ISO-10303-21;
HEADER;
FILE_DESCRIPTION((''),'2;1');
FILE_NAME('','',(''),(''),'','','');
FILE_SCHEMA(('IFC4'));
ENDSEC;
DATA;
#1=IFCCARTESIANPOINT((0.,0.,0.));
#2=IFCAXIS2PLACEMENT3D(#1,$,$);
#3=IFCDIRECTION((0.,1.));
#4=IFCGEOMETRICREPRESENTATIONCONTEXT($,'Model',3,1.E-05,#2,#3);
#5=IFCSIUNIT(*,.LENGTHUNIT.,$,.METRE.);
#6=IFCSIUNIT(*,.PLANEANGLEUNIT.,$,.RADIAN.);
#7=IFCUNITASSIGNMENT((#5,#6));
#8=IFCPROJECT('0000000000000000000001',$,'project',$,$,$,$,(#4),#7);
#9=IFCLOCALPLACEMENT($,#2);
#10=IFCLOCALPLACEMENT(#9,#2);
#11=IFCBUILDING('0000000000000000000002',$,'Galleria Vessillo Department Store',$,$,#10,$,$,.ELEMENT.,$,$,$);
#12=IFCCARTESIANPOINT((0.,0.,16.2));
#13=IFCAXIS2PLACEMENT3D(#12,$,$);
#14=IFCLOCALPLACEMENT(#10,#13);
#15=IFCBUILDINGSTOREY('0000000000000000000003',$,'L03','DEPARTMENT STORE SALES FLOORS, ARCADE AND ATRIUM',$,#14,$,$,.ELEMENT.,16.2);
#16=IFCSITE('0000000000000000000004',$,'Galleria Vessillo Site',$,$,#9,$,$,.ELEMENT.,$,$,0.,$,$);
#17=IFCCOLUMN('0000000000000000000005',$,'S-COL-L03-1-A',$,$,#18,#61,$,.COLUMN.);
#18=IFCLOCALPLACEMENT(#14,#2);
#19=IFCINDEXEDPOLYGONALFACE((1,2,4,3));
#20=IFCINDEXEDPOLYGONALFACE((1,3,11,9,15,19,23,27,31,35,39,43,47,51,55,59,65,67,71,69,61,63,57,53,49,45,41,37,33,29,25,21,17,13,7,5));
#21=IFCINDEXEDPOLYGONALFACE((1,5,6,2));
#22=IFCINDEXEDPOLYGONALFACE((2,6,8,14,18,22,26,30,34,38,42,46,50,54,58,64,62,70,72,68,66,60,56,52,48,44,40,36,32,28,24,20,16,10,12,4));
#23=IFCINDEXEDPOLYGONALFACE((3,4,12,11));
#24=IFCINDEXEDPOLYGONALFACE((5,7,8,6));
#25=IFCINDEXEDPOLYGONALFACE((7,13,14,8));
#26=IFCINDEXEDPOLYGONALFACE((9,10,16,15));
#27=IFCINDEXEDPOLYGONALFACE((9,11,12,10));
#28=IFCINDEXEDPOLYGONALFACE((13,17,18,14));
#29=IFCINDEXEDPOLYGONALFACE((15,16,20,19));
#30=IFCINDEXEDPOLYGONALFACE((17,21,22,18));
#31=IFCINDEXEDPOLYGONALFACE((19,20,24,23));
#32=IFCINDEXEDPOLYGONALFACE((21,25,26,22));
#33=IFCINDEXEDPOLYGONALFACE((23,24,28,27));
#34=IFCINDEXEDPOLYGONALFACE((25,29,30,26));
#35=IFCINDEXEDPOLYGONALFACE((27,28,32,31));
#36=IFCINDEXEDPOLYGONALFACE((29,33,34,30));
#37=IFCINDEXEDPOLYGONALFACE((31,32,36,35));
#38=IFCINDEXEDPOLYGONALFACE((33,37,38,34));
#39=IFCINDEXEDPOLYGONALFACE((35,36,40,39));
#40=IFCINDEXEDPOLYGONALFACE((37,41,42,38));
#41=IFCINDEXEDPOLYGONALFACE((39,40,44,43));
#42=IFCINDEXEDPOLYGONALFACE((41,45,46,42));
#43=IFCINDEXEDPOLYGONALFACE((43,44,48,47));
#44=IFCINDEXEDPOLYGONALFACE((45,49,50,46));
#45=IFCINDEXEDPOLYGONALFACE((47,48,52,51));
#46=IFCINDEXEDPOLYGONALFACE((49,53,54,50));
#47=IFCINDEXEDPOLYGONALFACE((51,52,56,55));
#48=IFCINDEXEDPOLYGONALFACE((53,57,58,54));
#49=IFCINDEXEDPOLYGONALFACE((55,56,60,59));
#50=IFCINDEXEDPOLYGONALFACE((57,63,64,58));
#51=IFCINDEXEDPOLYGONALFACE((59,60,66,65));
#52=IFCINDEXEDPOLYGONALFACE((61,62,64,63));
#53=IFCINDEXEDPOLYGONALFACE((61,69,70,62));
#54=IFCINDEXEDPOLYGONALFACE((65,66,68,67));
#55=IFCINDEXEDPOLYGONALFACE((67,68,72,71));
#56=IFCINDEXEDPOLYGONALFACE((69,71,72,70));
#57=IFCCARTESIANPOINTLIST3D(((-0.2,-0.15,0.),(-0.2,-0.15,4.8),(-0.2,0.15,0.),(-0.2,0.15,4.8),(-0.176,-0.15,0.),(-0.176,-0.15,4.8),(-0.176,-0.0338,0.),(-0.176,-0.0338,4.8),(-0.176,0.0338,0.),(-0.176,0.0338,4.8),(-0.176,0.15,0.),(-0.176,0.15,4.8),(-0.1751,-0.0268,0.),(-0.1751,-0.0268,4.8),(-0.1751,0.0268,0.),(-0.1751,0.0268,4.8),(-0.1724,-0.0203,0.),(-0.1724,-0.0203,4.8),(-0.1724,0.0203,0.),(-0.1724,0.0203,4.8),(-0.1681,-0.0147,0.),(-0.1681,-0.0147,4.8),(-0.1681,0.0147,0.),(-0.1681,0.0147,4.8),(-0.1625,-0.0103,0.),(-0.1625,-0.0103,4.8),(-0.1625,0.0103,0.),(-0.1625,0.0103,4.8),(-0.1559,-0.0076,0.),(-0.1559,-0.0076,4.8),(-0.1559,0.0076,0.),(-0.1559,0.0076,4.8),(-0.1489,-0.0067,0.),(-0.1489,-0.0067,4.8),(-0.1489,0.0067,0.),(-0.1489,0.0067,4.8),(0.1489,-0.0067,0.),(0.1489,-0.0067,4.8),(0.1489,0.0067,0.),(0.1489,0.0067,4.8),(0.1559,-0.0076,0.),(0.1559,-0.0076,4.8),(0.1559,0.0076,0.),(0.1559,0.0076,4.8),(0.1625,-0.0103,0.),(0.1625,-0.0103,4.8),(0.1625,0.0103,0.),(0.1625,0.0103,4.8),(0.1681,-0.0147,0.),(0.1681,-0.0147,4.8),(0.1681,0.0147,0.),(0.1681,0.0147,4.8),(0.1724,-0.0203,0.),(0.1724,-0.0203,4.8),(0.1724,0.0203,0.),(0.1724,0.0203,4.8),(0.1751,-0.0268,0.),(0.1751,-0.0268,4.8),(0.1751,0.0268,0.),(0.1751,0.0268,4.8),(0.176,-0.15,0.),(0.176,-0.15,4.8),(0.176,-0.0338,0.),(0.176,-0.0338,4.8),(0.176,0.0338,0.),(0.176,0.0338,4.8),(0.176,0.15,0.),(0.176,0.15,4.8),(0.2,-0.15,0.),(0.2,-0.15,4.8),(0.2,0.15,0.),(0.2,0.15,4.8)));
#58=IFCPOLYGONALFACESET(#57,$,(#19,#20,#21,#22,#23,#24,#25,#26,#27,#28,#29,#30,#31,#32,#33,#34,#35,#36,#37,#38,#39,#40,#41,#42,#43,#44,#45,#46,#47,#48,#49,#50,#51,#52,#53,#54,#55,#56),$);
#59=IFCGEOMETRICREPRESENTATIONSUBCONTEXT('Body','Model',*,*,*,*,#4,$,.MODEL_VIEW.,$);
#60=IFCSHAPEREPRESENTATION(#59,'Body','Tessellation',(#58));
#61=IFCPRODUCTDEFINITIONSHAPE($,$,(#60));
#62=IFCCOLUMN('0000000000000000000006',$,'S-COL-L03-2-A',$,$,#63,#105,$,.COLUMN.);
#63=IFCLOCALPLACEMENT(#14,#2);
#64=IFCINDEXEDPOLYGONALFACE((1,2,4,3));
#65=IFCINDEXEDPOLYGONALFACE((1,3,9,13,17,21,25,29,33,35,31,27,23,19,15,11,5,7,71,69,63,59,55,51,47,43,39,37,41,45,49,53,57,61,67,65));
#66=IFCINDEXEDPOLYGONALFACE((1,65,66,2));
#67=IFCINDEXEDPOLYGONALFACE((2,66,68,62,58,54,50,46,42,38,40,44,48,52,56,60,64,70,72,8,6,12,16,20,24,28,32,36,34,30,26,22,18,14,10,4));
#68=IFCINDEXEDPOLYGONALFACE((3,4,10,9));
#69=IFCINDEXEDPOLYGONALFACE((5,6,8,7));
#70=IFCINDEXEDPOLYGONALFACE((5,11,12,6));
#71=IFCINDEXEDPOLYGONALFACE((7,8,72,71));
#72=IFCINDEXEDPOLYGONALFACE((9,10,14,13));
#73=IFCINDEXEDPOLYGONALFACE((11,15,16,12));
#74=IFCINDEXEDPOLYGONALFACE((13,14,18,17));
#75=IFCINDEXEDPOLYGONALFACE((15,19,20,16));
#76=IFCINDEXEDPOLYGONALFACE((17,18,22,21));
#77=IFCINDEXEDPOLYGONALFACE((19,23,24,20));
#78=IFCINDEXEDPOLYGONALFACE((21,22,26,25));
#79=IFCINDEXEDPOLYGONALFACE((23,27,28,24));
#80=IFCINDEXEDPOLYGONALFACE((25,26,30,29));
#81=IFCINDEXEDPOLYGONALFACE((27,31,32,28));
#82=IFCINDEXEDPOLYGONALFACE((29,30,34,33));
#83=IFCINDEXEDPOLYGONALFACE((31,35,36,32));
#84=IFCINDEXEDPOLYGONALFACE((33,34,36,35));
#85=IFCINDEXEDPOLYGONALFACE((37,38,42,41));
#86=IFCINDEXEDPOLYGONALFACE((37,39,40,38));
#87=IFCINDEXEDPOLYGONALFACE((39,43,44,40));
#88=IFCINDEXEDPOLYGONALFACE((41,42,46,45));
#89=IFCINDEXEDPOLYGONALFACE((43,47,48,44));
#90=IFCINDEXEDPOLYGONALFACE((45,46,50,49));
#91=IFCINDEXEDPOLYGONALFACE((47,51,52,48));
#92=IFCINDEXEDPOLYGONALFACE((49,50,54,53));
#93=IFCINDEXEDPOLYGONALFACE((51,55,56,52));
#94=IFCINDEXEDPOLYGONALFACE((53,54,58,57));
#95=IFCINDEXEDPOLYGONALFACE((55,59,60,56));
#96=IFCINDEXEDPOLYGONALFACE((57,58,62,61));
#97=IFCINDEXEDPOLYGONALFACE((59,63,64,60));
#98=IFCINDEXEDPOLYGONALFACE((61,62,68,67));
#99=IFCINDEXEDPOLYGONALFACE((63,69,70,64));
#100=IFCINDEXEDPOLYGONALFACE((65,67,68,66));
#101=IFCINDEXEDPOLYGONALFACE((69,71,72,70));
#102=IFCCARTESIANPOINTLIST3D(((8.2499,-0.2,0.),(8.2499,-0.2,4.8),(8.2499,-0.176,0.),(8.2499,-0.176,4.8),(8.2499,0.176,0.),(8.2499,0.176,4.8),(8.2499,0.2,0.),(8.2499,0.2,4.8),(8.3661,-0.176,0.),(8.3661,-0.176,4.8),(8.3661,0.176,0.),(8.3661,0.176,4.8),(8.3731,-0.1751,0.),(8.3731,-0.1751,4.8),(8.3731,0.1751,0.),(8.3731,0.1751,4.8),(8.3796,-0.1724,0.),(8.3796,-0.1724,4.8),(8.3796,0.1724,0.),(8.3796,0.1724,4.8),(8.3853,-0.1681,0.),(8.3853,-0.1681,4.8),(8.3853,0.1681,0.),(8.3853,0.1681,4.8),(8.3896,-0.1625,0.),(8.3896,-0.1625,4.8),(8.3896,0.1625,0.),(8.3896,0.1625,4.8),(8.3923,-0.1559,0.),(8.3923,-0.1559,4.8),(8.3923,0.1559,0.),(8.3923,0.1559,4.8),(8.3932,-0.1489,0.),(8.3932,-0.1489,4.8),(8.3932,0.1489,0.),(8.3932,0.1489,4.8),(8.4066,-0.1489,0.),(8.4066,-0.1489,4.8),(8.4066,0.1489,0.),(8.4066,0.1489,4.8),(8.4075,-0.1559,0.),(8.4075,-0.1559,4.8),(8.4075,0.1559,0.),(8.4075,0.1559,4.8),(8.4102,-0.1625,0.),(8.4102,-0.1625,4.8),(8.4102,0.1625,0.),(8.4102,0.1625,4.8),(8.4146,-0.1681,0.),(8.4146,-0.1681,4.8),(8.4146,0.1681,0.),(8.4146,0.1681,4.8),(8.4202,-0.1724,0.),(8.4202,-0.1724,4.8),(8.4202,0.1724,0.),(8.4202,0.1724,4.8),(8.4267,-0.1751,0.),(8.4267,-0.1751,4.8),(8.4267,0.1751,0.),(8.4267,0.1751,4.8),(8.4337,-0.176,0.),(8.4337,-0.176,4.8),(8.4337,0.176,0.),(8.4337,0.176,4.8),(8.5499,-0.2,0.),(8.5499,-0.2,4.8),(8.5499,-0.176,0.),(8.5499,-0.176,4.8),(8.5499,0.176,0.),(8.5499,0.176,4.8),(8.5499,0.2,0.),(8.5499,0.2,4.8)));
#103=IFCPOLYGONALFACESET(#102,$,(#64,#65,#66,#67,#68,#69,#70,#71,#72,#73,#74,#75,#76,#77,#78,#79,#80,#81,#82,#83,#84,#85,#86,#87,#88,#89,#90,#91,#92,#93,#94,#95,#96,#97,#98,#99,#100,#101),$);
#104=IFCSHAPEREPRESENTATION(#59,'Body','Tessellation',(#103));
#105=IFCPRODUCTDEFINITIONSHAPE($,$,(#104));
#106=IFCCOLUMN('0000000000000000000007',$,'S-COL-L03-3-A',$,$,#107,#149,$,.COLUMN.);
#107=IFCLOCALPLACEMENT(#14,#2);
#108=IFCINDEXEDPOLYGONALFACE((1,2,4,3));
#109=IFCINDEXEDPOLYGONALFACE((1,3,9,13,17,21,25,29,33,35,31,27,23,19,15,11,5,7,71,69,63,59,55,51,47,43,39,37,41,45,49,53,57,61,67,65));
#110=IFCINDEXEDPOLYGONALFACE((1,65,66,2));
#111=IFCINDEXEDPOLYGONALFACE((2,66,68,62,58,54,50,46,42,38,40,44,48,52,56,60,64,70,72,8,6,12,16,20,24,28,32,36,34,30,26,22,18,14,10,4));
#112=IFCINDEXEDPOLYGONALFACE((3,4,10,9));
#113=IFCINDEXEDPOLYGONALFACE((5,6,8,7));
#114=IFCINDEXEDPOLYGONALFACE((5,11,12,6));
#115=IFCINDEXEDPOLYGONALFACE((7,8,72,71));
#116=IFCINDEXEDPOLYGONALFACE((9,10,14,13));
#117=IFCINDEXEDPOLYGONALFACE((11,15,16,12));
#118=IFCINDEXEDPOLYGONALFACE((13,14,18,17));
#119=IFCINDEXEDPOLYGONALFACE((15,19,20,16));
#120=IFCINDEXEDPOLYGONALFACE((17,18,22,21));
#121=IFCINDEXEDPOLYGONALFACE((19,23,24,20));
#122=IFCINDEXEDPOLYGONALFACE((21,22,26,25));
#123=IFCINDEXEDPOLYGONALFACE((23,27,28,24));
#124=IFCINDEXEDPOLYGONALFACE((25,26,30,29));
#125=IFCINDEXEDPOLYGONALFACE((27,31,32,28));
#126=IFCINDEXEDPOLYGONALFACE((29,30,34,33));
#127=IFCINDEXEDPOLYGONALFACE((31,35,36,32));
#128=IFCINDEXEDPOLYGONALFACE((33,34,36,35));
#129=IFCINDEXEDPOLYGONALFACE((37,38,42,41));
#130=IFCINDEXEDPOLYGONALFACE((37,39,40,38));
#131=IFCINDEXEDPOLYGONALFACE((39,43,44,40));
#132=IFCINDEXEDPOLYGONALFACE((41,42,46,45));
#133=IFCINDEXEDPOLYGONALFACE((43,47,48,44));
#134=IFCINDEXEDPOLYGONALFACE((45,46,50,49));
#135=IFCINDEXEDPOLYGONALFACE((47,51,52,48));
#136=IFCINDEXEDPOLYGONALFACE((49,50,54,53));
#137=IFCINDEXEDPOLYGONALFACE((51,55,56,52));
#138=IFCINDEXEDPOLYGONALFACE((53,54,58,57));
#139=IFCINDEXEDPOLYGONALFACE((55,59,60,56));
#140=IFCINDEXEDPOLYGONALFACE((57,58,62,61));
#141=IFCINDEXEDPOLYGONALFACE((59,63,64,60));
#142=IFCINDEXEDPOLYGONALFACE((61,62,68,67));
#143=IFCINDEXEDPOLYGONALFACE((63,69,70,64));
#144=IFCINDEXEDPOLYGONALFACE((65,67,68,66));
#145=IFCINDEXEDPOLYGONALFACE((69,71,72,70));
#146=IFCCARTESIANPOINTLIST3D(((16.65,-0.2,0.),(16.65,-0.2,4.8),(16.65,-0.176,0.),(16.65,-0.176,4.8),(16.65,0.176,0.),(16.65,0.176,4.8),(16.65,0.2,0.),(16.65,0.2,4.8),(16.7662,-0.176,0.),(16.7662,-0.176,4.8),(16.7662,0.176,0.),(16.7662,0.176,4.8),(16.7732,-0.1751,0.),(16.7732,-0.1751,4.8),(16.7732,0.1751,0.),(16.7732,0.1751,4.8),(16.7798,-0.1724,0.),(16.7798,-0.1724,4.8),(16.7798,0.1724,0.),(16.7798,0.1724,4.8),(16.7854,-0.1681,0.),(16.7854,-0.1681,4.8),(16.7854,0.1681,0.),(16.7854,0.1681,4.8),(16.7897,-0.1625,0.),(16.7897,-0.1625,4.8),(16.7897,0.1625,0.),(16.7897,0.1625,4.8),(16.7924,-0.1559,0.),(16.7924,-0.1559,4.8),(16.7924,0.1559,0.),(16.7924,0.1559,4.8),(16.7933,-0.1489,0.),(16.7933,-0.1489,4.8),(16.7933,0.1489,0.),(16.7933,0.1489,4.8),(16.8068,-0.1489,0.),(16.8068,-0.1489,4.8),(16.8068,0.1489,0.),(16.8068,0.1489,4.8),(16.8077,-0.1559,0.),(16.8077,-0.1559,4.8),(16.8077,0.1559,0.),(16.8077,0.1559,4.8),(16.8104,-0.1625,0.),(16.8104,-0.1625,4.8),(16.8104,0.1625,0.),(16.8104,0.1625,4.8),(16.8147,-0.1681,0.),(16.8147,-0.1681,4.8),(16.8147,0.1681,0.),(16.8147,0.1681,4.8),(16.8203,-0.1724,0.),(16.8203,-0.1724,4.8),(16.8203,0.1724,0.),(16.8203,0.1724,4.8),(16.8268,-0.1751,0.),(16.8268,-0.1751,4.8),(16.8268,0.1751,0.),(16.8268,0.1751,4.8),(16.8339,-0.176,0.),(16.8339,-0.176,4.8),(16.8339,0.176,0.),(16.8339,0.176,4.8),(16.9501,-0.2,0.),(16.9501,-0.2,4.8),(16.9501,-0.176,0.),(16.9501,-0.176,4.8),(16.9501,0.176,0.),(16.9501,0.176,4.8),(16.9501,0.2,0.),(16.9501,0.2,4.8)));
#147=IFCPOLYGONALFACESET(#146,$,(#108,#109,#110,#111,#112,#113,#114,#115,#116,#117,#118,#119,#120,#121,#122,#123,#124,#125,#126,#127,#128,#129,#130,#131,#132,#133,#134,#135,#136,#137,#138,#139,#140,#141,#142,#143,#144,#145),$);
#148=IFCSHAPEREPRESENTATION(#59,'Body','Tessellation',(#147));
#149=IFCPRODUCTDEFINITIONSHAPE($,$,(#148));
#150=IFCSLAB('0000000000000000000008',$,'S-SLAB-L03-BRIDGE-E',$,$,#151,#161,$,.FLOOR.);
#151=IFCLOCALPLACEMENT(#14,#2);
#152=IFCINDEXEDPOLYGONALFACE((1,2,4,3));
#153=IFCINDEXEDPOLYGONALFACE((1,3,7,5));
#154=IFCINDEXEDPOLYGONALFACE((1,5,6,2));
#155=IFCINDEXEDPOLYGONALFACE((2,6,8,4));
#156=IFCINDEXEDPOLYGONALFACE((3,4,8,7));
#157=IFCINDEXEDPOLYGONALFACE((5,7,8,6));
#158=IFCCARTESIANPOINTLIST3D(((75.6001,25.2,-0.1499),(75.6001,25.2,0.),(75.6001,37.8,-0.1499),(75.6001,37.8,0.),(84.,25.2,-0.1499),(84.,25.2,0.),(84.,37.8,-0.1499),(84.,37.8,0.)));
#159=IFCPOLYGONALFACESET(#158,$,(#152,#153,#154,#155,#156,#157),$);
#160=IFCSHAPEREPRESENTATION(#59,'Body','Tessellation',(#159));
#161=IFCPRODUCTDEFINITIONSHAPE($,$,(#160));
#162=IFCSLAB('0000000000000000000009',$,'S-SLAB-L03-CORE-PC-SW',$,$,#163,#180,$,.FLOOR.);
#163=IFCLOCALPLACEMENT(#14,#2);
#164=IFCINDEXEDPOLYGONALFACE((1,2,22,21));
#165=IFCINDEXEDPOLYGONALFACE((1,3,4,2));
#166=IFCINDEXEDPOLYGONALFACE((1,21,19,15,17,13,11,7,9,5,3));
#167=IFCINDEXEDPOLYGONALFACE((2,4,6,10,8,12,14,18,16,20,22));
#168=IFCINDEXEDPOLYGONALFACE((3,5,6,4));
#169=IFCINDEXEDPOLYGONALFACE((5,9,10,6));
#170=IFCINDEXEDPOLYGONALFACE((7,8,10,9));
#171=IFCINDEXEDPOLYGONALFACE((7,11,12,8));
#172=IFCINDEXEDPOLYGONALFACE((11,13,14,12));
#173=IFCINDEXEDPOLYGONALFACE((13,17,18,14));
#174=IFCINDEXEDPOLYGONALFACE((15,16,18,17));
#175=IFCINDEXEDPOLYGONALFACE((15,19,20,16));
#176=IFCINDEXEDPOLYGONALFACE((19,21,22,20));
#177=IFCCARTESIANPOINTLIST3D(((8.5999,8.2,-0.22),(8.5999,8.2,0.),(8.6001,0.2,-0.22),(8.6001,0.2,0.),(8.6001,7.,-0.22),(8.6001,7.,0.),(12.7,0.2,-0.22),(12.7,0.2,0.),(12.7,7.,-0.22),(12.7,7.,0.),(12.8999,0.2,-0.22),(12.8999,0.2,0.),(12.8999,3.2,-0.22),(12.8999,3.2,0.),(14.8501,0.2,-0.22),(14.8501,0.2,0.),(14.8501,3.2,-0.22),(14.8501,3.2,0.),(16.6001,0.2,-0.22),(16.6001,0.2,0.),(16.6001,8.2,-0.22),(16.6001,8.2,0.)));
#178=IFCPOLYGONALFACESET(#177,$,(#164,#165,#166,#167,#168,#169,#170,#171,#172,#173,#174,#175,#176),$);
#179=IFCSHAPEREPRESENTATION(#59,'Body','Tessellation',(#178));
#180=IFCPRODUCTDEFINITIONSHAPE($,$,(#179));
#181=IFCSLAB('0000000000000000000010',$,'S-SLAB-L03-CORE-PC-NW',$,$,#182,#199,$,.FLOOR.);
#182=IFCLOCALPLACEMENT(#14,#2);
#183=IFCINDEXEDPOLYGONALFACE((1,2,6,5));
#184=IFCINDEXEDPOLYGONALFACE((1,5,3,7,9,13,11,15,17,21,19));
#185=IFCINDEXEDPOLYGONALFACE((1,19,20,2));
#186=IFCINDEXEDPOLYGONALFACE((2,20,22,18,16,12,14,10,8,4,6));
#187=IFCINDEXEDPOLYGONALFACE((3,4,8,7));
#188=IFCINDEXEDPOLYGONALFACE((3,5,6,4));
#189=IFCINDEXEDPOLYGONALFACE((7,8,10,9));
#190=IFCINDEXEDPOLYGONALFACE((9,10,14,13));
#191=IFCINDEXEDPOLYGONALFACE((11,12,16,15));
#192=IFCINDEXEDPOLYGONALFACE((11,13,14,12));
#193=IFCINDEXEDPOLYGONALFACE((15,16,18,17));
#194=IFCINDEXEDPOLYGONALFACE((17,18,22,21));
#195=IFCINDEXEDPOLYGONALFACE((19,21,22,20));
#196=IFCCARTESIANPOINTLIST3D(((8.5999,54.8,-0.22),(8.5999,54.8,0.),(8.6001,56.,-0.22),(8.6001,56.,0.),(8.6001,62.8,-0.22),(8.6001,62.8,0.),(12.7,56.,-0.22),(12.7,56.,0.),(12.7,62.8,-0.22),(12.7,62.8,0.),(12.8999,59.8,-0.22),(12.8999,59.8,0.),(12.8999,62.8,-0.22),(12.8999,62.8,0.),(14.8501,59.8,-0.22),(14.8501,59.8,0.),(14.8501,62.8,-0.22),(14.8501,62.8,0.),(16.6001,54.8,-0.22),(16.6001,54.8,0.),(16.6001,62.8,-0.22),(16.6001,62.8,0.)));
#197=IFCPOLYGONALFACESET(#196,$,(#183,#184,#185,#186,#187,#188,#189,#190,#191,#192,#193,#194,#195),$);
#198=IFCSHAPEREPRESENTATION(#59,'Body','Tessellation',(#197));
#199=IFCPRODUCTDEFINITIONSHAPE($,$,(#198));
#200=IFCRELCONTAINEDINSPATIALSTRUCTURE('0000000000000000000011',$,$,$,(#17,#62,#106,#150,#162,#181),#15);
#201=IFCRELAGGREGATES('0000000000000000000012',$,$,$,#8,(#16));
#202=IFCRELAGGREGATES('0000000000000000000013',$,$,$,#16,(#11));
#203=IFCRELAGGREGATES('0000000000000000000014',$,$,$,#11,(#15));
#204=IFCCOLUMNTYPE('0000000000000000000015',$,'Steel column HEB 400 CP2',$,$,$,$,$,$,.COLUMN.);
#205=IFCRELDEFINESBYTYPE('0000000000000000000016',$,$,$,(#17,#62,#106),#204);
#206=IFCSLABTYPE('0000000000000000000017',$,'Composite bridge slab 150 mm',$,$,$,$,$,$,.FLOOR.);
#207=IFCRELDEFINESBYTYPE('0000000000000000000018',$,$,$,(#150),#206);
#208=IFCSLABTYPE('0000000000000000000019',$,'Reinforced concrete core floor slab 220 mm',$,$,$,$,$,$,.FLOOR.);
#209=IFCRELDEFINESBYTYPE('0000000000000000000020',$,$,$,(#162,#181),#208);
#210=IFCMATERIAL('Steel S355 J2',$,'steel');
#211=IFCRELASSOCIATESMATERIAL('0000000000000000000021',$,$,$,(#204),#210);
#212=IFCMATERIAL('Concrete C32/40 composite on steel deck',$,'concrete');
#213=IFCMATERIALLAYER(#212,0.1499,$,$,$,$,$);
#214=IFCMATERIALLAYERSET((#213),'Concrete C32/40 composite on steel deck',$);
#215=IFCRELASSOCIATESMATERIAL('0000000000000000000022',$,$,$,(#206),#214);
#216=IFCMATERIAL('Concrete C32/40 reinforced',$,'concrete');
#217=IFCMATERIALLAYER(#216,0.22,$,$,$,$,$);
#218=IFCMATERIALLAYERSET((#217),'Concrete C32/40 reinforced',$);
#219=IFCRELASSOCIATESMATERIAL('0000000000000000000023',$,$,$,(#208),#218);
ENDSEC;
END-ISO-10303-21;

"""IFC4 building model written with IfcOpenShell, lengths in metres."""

from ifc_helpers import new_model, si_unit, direction, frame, origin, origin_2d, place, context, subcontext, project, spatial, polyline, i_section, outline, extrude, material, layer, layer_set, material_profile, profile_set, type_object, element, save


model = new_model("IFC4")

# Units and contexts
model_context = context("Model", 3, precision=1e-05, world=origin(), true_north=direction((0.0, 1.0)))
body_context = subcontext(model_context, "Body", "Model", "MODEL_VIEW")
ifc_project = project(units=[si_unit("LENGTHUNIT", "METRE"), si_unit("PLANEANGLEUNIT", "RADIAN")], contexts=[model_context])

# Site, building, storey
site_placement = place(None, origin())
site = spatial("IfcSite", under=ifc_project, at=site_placement, Name="Galleria Vessillo Site", CompositionType="ELEMENT", RefElevation=0.0)
building_placement = place(site_placement, origin())
building = spatial("IfcBuilding", under=site, at=building_placement, Name="Galleria Vessillo Department Store", CompositionType="ELEMENT")
storey_placement = place(building_placement, frame((0.0, 0.0, 16.2)))
storey = spatial("IfcBuildingStorey", under=building, at=storey_placement, Name="L03", Description="DEPARTMENT STORE SALES FLOORS, ARCADE AND ATRIUM", CompositionType="ELEMENT", Elevation=16.2)

# Columns
ifc_material_1 = material(Name="Steel S355 J2", Category="steel")
ifc_material_profile = material_profile(ifc_material_1, i_section(OverallWidth=0.3, OverallDepth=0.3999, WebThickness=0.0134, FlangeThickness=0.0239, FilletRadius=0.0271, at=origin_2d()), Name="HEB 400")
ifc_profile_set = profile_set([ifc_material_profile], Name="Steel S355 J2")
column_type = type_object("IfcColumnType", Name="Steel column HEB 400 CP2", PredefinedType="COLUMN", material=ifc_profile_set)
for number, where, z_axis, x_axis, name in (
    (1, (0.0, 0.0, 0.0), (0.0, 0.0, 1.0), (0.0, 1.0, 0.0), "S-COL-L03-1-A"),
    (2, (8.3999, 0.0, 0.0), (0.0, 0.0, 1.0), (1.0, 0.0, 0.0), "S-COL-L03-2-A"),
    (3, (16.8, 0.0, 0.0), (0.0, 0.0, 1.0), (1.0, 0.0, 0.0), "S-COL-L03-3-A"),
):
    element("IfcColumn", number, at=place(storey_placement, frame(where, z_axis=z_axis, x_axis=x_axis)), inside=storey, type_object=column_type, Name=name, PredefinedType="COLUMN", context=body_context, shape_type="SweptSolid", body=[
        extrude(i_section(OverallWidth=0.3, OverallDepth=0.3999, WebThickness=0.0134, FlangeThickness=0.0239, FilletRadius=0.0271, at=origin_2d()), origin(), (0.0, 0.0, 1.0), 4.8),
    ])

# Slabs
ifc_material_2 = material(Name="Concrete C32/40 composite on steel deck", Category="concrete")
ifc_layer_1 = layer(ifc_material_2, 0.1499)
ifc_layer_set_1 = layer_set([ifc_layer_1], Name="Concrete C32/40 composite on steel deck")
slab_type_1 = type_object("IfcSlabType", Name="Composite bridge slab 150 mm", PredefinedType="FLOOR", material=ifc_layer_set_1)
slab_1_placement = place(storey_placement, frame((0.0, 0.0, -0.1499)))
element("IfcSlab", 4, at=slab_1_placement, inside=storey, type_object=slab_type_1, Name="S-SLAB-L03-BRIDGE-E", PredefinedType="FLOOR", context=body_context, shape_type="SweptSolid", body=[
    extrude(outline(polyline([(84.0, 25.2), (84.0, 37.8), (75.6001, 37.8), (75.6001, 25.2), (84.0, 25.2)])), origin(), (0.0, 0.0, 1.0), 0.1499),
])
ifc_material_3 = material(Name="Concrete C32/40 reinforced", Category="concrete")
ifc_layer_2 = layer(ifc_material_3, 0.22)
ifc_layer_set_2 = layer_set([ifc_layer_2], Name="Concrete C32/40 reinforced")
slab_type_2 = type_object("IfcSlabType", Name="Reinforced concrete core floor slab 220 mm", PredefinedType="FLOOR", material=ifc_layer_set_2)
slab_2_placement = place(storey_placement, frame((0.0, 0.0, -0.22)))
element("IfcSlab", 5, at=slab_2_placement, inside=storey, type_object=slab_type_2, Name="S-SLAB-L03-CORE-PC-SW", PredefinedType="FLOOR", context=body_context, shape_type="SweptSolid", body=[
    extrude(outline(polyline([(8.5999, 8.2), (16.6001, 8.2), (16.6001, 0.2), (14.8501, 0.2), (14.8501, 3.2), (12.8999, 3.2), (12.8999, 0.2), (12.7, 0.2), (12.7, 7.0), (8.6001, 7.0), (8.6001, 0.2), (8.5999, 8.2)])), origin(), (0.0, 0.0, 1.0), 0.22),
])
slab_3_placement = place(storey_placement, frame((0.0, 0.0, -0.22)))
element("IfcSlab", 6, at=slab_3_placement, inside=storey, type_object=slab_type_2, Name="S-SLAB-L03-CORE-PC-NW", PredefinedType="FLOOR", context=body_context, shape_type="SweptSolid", body=[
    extrude(outline(polyline([(16.6001, 62.8), (16.6001, 54.8), (8.5999, 54.8), (8.6001, 62.8), (8.6001, 56.0), (12.7, 56.0), (12.7, 62.8), (12.8999, 62.8), (12.8999, 59.8), (14.8501, 59.8), (14.8501, 62.8), (16.6001, 62.8)])), origin(), (0.0, 0.0, 1.0), 0.22),
])

save(model, "model.ifc")
